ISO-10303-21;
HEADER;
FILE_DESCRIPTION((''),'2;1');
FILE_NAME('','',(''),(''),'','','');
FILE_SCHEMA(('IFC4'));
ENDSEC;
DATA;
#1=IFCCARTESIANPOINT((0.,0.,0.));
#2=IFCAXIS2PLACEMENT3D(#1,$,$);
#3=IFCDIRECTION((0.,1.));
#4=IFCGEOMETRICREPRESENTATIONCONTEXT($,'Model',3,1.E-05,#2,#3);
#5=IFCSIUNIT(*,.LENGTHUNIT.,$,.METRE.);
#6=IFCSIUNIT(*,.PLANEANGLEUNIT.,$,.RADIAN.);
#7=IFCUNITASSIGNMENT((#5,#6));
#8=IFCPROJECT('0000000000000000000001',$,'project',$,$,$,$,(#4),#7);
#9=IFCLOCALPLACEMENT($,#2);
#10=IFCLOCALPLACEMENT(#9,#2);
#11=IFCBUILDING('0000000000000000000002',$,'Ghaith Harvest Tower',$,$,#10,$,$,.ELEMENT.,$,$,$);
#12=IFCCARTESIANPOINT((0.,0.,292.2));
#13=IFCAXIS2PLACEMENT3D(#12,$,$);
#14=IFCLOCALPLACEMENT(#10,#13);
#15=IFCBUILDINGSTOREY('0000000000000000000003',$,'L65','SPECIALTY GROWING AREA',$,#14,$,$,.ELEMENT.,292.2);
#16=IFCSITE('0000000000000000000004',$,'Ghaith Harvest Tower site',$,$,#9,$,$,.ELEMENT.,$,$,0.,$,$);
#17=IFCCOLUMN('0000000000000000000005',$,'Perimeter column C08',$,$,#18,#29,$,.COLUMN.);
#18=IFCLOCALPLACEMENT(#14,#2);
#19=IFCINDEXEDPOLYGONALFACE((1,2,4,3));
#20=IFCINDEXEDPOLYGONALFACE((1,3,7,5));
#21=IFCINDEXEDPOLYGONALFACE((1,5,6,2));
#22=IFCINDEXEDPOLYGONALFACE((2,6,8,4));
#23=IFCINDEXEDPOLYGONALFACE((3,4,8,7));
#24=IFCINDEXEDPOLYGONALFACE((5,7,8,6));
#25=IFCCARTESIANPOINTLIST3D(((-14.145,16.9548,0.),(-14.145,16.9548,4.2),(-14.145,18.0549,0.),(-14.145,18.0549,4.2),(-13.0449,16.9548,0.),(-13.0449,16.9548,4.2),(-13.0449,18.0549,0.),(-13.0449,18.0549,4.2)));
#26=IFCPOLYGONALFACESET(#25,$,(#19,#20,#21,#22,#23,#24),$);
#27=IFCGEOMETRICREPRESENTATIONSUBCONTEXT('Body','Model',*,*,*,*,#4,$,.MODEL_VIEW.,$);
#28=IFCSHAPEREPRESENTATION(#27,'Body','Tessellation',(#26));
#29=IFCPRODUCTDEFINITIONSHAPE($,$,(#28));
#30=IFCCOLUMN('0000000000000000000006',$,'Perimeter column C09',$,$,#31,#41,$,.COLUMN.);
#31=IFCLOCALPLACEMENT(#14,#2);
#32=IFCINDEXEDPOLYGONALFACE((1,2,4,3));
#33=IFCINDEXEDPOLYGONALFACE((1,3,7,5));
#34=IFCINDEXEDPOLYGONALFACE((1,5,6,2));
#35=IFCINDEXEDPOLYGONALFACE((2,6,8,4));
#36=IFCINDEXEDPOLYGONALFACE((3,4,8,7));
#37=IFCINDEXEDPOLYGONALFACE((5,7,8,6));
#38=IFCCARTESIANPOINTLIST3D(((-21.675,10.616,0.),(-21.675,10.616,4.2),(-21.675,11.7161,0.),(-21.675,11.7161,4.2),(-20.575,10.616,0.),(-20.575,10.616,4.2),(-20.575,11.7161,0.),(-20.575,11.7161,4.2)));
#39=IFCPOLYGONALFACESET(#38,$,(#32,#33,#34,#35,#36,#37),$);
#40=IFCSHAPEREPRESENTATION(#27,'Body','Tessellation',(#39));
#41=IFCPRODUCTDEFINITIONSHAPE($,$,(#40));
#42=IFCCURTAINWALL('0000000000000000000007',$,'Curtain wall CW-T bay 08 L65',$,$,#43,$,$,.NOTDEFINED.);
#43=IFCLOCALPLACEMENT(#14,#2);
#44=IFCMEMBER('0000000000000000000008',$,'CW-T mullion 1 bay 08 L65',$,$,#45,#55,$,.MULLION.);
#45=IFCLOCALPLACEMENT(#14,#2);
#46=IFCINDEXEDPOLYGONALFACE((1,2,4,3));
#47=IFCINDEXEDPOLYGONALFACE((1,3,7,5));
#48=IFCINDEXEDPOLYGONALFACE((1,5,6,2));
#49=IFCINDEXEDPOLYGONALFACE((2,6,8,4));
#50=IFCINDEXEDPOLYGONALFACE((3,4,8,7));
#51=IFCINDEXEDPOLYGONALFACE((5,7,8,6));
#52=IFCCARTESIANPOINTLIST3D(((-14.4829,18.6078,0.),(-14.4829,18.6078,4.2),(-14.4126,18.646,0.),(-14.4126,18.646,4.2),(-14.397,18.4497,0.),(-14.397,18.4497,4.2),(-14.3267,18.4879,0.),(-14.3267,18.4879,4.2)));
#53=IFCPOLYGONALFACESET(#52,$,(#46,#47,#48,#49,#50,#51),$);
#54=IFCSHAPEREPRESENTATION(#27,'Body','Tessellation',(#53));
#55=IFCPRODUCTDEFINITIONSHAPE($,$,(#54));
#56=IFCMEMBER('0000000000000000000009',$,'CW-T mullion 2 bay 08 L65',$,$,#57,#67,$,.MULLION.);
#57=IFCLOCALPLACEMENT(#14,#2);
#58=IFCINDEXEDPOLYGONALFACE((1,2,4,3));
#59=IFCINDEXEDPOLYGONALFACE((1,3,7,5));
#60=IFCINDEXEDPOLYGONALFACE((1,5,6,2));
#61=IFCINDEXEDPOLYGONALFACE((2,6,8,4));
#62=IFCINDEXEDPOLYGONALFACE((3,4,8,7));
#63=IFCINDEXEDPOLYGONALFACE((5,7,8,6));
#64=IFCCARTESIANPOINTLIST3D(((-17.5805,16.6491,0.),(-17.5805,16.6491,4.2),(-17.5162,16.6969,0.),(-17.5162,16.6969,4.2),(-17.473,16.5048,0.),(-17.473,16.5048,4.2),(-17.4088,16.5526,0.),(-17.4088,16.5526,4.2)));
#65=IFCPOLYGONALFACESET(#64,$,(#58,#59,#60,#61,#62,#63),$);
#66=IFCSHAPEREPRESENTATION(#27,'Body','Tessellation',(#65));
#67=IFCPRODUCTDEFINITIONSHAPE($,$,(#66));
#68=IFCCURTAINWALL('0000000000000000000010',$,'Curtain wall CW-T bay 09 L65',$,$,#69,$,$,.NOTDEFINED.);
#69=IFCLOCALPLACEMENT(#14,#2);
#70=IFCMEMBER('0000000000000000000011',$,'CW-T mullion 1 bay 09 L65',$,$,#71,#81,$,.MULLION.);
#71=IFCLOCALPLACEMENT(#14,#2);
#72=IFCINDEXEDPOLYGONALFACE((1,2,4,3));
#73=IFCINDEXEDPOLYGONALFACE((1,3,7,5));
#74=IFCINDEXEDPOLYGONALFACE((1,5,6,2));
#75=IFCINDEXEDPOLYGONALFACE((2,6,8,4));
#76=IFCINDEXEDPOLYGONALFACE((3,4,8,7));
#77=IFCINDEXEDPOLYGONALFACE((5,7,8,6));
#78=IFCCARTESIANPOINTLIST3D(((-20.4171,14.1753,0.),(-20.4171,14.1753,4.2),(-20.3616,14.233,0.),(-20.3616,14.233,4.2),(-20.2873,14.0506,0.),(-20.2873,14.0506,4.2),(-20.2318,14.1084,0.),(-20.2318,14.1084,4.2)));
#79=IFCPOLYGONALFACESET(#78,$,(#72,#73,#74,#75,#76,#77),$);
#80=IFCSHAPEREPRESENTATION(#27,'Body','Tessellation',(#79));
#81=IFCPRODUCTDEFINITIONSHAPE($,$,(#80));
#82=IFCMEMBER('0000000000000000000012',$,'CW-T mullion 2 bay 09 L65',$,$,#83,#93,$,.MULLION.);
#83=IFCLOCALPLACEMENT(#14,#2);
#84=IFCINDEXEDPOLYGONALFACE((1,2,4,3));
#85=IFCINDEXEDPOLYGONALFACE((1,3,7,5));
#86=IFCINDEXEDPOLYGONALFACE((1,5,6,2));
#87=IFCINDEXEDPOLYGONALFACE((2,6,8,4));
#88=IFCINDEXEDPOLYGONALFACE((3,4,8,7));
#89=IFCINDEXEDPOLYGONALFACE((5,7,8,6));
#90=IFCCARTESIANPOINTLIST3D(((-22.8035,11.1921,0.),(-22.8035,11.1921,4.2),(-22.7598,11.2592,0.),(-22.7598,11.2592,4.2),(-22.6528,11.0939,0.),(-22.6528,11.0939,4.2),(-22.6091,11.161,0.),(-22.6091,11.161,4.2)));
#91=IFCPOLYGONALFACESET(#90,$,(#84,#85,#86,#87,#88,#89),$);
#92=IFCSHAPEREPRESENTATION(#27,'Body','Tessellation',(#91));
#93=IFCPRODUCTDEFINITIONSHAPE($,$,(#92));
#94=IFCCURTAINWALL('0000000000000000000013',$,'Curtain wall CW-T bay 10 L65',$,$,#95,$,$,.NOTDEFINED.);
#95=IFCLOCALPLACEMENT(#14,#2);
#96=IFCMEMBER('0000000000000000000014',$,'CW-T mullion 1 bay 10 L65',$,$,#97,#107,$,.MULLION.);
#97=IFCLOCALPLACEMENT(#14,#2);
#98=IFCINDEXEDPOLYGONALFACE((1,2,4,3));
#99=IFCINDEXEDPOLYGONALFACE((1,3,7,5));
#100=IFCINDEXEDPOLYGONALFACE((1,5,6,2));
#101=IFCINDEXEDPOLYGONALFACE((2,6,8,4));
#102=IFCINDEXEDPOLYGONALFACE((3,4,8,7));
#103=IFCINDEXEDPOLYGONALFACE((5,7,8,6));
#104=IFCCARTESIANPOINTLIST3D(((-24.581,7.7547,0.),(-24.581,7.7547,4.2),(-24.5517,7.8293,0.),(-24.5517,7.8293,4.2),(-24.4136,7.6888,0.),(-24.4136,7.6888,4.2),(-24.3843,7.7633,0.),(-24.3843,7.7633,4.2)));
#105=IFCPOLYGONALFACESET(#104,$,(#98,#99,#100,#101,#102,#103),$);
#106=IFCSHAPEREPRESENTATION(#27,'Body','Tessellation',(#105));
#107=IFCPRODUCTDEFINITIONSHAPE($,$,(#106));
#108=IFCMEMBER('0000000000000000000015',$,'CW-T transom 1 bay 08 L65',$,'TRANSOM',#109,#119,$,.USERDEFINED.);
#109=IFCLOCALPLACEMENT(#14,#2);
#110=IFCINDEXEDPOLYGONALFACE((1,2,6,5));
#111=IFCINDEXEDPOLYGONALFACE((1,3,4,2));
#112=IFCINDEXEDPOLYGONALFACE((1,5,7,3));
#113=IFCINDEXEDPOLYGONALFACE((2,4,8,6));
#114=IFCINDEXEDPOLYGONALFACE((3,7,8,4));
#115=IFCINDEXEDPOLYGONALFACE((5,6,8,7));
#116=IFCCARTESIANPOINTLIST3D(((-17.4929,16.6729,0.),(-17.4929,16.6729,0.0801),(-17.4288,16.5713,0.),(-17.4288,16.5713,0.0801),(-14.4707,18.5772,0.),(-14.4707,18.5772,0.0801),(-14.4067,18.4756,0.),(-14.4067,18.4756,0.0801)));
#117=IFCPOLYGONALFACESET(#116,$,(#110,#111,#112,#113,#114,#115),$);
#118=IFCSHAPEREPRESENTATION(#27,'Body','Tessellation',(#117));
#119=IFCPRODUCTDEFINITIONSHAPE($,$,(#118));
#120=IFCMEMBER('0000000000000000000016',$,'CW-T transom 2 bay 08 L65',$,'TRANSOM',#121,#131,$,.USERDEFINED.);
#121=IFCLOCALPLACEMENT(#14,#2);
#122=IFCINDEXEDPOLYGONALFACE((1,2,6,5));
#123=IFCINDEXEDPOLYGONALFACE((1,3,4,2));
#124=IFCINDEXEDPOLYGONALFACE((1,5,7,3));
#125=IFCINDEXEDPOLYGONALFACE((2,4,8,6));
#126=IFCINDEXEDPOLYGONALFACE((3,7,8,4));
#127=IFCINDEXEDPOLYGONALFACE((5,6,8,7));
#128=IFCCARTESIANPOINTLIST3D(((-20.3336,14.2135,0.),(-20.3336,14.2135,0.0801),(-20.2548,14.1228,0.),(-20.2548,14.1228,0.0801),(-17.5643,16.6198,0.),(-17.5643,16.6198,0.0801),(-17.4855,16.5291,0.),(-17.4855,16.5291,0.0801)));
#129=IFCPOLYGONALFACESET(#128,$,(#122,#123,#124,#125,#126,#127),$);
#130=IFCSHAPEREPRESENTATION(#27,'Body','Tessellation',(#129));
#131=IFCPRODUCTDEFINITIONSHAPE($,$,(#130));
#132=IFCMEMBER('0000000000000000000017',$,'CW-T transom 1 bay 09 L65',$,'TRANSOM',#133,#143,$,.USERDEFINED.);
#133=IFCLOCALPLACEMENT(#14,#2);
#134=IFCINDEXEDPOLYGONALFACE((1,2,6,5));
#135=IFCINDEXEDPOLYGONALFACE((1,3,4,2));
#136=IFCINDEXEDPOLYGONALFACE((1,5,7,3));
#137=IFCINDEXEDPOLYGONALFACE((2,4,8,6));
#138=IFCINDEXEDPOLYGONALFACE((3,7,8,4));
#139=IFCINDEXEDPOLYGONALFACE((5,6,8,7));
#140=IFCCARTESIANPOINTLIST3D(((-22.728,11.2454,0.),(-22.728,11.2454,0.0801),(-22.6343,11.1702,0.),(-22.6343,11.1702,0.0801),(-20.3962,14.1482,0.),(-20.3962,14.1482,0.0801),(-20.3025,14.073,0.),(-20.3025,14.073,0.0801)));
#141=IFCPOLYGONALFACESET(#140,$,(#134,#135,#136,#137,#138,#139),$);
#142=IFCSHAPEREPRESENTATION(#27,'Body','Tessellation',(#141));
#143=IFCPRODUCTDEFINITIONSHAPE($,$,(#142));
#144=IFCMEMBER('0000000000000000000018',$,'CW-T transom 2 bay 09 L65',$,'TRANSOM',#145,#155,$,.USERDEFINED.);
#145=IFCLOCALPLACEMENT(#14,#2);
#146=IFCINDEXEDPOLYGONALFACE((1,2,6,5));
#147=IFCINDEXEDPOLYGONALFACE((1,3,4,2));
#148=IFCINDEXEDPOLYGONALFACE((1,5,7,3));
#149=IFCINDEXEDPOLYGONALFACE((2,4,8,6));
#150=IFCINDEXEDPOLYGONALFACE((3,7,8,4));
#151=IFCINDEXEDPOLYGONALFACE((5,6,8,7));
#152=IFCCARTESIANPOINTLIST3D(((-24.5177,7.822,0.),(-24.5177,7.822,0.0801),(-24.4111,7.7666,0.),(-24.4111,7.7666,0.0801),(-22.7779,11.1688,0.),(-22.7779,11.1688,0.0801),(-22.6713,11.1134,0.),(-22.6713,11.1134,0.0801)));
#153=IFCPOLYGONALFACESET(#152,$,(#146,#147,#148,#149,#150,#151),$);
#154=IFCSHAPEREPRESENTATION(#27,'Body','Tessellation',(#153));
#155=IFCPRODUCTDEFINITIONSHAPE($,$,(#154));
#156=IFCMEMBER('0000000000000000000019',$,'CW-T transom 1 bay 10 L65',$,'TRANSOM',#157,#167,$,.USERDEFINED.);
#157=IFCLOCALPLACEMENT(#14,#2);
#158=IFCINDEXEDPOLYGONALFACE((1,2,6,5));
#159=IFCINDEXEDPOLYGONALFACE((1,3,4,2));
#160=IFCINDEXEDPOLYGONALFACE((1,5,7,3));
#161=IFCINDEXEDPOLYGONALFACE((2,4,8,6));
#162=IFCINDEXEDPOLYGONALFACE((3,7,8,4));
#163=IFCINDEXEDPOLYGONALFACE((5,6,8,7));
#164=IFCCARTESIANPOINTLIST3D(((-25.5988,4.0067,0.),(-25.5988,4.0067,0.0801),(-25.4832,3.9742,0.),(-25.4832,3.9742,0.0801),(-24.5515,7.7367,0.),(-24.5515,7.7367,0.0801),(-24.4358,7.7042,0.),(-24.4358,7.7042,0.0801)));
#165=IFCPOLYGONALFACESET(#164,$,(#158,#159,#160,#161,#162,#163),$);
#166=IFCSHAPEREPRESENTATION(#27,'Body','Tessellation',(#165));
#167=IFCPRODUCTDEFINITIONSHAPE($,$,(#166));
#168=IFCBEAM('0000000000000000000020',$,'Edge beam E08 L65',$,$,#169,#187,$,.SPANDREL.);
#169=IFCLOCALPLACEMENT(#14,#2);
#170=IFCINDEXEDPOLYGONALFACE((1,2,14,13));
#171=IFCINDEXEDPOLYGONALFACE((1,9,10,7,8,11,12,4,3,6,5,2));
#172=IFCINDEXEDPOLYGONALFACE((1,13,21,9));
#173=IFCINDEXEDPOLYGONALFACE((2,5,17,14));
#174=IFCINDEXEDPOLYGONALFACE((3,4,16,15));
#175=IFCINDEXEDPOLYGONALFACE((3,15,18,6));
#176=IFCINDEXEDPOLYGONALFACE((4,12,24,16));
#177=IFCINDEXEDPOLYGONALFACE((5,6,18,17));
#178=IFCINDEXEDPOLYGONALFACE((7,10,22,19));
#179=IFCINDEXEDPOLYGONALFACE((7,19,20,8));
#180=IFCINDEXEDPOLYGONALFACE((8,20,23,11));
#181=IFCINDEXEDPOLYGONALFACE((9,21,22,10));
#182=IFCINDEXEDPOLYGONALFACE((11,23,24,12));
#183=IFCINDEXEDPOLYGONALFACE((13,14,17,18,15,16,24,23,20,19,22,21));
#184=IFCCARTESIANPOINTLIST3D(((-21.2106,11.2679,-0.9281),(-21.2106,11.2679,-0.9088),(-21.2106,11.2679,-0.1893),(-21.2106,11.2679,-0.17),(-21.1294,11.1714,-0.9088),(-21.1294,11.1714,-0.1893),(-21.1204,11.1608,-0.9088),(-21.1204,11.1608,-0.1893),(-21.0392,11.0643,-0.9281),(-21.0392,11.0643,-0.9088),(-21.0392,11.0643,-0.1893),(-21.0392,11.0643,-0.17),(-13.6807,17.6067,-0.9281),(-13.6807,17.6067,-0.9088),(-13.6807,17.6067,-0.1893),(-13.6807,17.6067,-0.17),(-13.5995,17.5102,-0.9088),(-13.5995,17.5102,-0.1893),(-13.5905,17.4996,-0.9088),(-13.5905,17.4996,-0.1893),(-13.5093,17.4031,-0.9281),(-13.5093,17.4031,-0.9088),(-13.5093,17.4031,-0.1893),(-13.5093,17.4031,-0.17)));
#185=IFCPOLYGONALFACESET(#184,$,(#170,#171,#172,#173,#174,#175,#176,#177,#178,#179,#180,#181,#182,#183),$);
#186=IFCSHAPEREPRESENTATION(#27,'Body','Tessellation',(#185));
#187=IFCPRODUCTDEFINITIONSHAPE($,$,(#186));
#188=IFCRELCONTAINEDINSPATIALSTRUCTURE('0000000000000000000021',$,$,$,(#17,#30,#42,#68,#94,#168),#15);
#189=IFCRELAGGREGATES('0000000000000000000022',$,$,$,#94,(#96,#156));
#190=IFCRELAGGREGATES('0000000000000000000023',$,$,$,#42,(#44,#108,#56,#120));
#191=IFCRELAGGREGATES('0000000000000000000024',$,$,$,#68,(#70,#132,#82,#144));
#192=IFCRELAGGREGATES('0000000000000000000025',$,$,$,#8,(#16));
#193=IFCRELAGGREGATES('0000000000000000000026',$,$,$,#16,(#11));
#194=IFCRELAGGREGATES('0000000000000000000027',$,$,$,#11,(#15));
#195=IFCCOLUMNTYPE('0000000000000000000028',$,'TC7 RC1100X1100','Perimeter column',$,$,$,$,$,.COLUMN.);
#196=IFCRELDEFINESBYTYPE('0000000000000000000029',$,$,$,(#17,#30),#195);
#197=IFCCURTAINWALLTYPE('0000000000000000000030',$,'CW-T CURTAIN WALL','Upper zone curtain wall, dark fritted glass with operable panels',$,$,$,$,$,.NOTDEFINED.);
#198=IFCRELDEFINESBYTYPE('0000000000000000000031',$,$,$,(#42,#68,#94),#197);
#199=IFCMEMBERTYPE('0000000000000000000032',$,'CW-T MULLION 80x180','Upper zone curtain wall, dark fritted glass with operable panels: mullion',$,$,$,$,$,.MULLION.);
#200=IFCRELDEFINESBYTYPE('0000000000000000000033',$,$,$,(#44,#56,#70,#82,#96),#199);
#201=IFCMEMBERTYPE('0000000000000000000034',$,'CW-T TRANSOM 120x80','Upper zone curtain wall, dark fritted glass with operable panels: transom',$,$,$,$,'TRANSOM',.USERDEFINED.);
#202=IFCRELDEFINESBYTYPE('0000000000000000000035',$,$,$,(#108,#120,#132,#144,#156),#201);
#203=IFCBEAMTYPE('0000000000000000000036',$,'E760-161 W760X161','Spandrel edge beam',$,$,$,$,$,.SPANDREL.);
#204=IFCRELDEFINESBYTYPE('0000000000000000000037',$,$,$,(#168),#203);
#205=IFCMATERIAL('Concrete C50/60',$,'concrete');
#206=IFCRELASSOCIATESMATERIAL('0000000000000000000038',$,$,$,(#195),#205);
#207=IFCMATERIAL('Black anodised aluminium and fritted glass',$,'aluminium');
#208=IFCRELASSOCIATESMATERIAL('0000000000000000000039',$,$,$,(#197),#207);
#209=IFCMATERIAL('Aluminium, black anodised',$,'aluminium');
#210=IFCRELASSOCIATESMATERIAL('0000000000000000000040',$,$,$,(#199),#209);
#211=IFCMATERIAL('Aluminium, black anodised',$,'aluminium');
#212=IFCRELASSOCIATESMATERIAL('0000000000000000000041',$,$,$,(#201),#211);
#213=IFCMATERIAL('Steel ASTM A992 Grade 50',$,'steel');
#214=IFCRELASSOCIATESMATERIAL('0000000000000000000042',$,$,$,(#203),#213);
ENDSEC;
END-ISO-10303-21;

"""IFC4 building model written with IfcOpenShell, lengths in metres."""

from ifc_helpers import new_model, si_unit, direction, frame, origin, origin_2d, place, context, subcontext, project, spatial, rectangle, i_section, extrude, material, material_profile, profile_set, type_object, element, aggregate, save


model = new_model("IFC4")

# Units and contexts
model_context = context("Model", 3, precision=1e-05, world=origin(), true_north=direction((0.0, 1.0)))
body_context = subcontext(model_context, "Body", "Model", "MODEL_VIEW")
ifc_project = project(units=[si_unit("LENGTHUNIT", "METRE"), si_unit("PLANEANGLEUNIT", "RADIAN")], contexts=[model_context])

# Site, building, storey
site_placement = place(None, origin())
site = spatial("IfcSite", under=ifc_project, at=site_placement, Name="Ghaith Harvest Tower site", CompositionType="ELEMENT", RefElevation=0.0)
building_placement = place(site_placement, origin())
building = spatial("IfcBuilding", under=site, at=building_placement, Name="Ghaith Harvest Tower", CompositionType="ELEMENT")
storey_placement = place(building_placement, frame((0.0, 0.0, 292.2)))
storey = spatial("IfcBuildingStorey", under=building, at=storey_placement, Name="L65", Description="SPECIALTY GROWING AREA", CompositionType="ELEMENT", Elevation=292.2)

# Columns
ifc_material_1 = material(Name="Concrete C50/60", Category="concrete")
ifc_material_profile_1 = material_profile(ifc_material_1, rectangle(XDim=1.1001, YDim=1.1001, at=origin_2d()), Name="RC1100X1100")
ifc_profile_set_1 = profile_set([ifc_material_profile_1], Name="Concrete C50/60")
column_type = type_object("IfcColumnType", Name="TC7 RC1100X1100", Description="Perimeter column", PredefinedType="COLUMN", material=ifc_profile_set_1)
for number, where, z_axis, x_axis, name in (
    (1, (-13.595, 17.5049, 0.0), (0.0, 0.0, 1.0), (1.0, 0.0, 0.0), "Perimeter column C08"),
    (2, (-21.125, 11.166, 0.0), (0.0, 0.0, 1.0), (1.0, 0.0, 0.0), "Perimeter column C09"),
):
    element("IfcColumn", number, at=place(storey_placement, frame(where, z_axis=z_axis, x_axis=x_axis)), inside=storey, type_object=column_type, Name=name, PredefinedType="COLUMN", context=body_context, shape_type="SweptSolid", body=[
        extrude(rectangle(XDim=1.1001, YDim=1.1001, at=origin_2d()), origin(), (0.0, 0.0, 1.0), 4.2),
    ])

# Curtain walls, members
ifc_material_2 = material(Name="Black anodised aluminium and fritted glass", Category="aluminium")
curtain_wall_type = type_object("IfcCurtainWallType", Name="CW-T CURTAIN WALL", Description="Upper zone curtain wall, dark fritted glass with operable panels", PredefinedType="NOTDEFINED", material=ifc_material_2)
curtain_wall_1_placement = place(storey_placement, origin())
curtain_wall_1 = element("IfcCurtainWall", 3, at=curtain_wall_1_placement, inside=storey, type_object=curtain_wall_type, Name="Curtain wall CW-T bay 08 L65", PredefinedType="NOTDEFINED")
ifc_material_3 = material(Name="Aluminium, black anodised", Category="aluminium")
ifc_material_profile_2 = material_profile(ifc_material_3, rectangle(XDim=0.0801, YDim=0.1799, at=origin_2d()), Name="CW-T MULLION 80x180")
ifc_profile_set_2 = profile_set([ifc_material_profile_2], Name="Aluminium, black anodised")
member_type_1 = type_object("IfcMemberType", Name="CW-T MULLION 80x180", Description="Upper zone curtain wall, dark fritted glass with operable panels: mullion", PredefinedType="MULLION", material=ifc_profile_set_2)
member_1_placement = place(storey_placement, frame((-14.4048, 18.5479, 0.0), z_axis=(0.0, 0.0, 1.0), x_axis=(-0.878672, -0.477426, 0.0)))
member_1 = element("IfcMember", 4, at=member_1_placement, type_object=member_type_1, Name="CW-T mullion 1 bay 08 L65", PredefinedType="MULLION", context=body_context, shape_type="SweptSolid", body=[
    extrude(rectangle(XDim=0.0801, YDim=0.1799, at=origin_2d()), origin(), (0.0, 0.0, 1.0), 4.2),
])
member_2_placement = place(storey_placement, frame((-17.4946, 16.6008, 0.0), z_axis=(0.0, 0.0, 1.0), x_axis=(-0.80219, -0.597069, 0.0)))
member_2 = element("IfcMember", 5, at=member_2_placement, type_object=member_type_1, Name="CW-T mullion 2 bay 08 L65", PredefinedType="MULLION", context=body_context, shape_type="SweptSolid", body=[
    extrude(rectangle(XDim=0.0801, YDim=0.1799, at=origin_2d()), origin(), (0.0, 0.0, 1.0), 4.2),
])
curtain_wall_2_placement = place(storey_placement, origin())
curtain_wall_2 = element("IfcCurtainWall", 6, at=curtain_wall_2_placement, inside=storey, type_object=curtain_wall_type, Name="Curtain wall CW-T bay 09 L65", PredefinedType="NOTDEFINED")
member_3_placement = place(storey_placement, frame((-20.3245, 14.1418, 0.0), z_axis=(0.0, 0.0, 1.0), x_axis=(-0.692826, -0.721104, 0.0)))
member_3 = element("IfcMember", 7, at=member_3_placement, type_object=member_type_1, Name="CW-T mullion 1 bay 09 L65", PredefinedType="MULLION", context=body_context, shape_type="SweptSolid", body=[
    extrude(rectangle(XDim=0.0801, YDim=0.1799, at=origin_2d()), origin(), (0.0, 0.0, 1.0), 4.2),
])
member_4_placement = place(storey_placement, frame((-22.7063, 11.1765, 0.0), z_axis=(0.0, 0.0, 1.0), x_axis=(-0.545865, -0.837873, 0.0)))
member_4 = element("IfcMember", 8, at=member_4_placement, type_object=member_type_1, Name="CW-T mullion 2 bay 09 L65", PredefinedType="MULLION", context=body_context, shape_type="SweptSolid", body=[
    extrude(rectangle(XDim=0.0801, YDim=0.1799, at=origin_2d()), origin(), (0.0, 0.0, 1.0), 4.2),
])

# Curtain wall, member
curtain_wall_3_placement = place(storey_placement, origin())
curtain_wall_3 = element("IfcCurtainWall", 9, at=curtain_wall_3_placement, inside=storey, type_object=curtain_wall_type, Name="Curtain wall CW-T bay 10 L65", PredefinedType="NOTDEFINED")
member_5_placement = place(storey_placement, frame((-24.4827, 7.759, 0.0), z_axis=(0.0, 0.0, 1.0), x_axis=(-0.366473, -0.930429, 0.0)))
member_5 = element("IfcMember", 10, at=member_5_placement, type_object=member_type_1, Name="CW-T mullion 1 bay 10 L65", PredefinedType="MULLION", context=body_context, shape_type="SweptSolid", body=[
    extrude(rectangle(XDim=0.0801, YDim=0.1799, at=origin_2d()), origin(), (0.0, 0.0, 1.0), 4.2),
])

# Members
ifc_material_4 = material(Name="Aluminium, black anodised", Category="aluminium")
ifc_material_profile_3 = material_profile(ifc_material_4, rectangle(XDim=0.1201, YDim=0.0801, at=origin_2d()), Name="CW-T TRANSOM 120x80")
ifc_profile_set_3 = profile_set([ifc_material_profile_3], Name="Aluminium, black anodised")
member_type_2 = type_object("IfcMemberType", Name="CW-T TRANSOM 120x80", Description="Upper zone curtain wall, dark fritted glass with operable panels: transom", ElementType="TRANSOM", PredefinedType="USERDEFINED", material=ifc_profile_set_3)
member_6_placement = place(storey_placement, frame((-14.4387, 18.5264, 0.04), z_axis=(-0.846054, -0.533098, 0.0), x_axis=(0.533098, -0.846054, 0.0)))
member_6 = element("IfcMember", 11, at=member_6_placement, type_object=member_type_2, Name="CW-T transom 1 bay 08 L65", ObjectType="TRANSOM", PredefinedType="USERDEFINED", context=body_context, shape_type="SweptSolid", body=[
    extrude(rectangle(XDim=0.1201, YDim=0.0801, at=origin_2d()), origin(), (0.0, 0.0, 1.0), 3.572),
])
member_7_placement = place(storey_placement, frame((-17.5249, 16.5745, 0.04), z_axis=(-0.754852, -0.655895, 0.0), x_axis=(0.655895, -0.754852, 0.0)))
member_7 = element("IfcMember", 12, at=member_7_placement, type_object=member_type_2, Name="CW-T transom 2 bay 08 L65", ObjectType="TRANSOM", PredefinedType="USERDEFINED", context=body_context, shape_type="SweptSolid", body=[
    extrude(rectangle(XDim=0.1201, YDim=0.0801, at=origin_2d()), origin(), (0.0, 0.0, 1.0), 3.6687),
])
member_8_placement = place(storey_placement, frame((-20.3494, 14.1106, 0.04), z_axis=(-0.626253, -0.77962, 0.0), x_axis=(0.77962, -0.626253, 0.0)))
member_8 = element("IfcMember", 13, at=member_8_placement, type_object=member_type_2, Name="CW-T transom 1 bay 09 L65", ObjectType="TRANSOM", PredefinedType="USERDEFINED", context=body_context, shape_type="SweptSolid", body=[
    extrude(rectangle(XDim=0.1201, YDim=0.0801, at=origin_2d()), origin(), (0.0, 0.0, 1.0), 3.7234),
])
member_9_placement = place(storey_placement, frame((-22.7246, 11.1411, 0.04), z_axis=(-0.461243, -0.887274, 0.0), x_axis=(0.887274, -0.461243, 0.0)))
member_9 = element("IfcMember", 14, at=member_9_placement, type_object=member_type_2, Name="CW-T transom 2 bay 09 L65", ObjectType="TRANSOM", PredefinedType="USERDEFINED", context=body_context, shape_type="SweptSolid", body=[
    extrude(rectangle(XDim=0.1201, YDim=0.0801, at=origin_2d()), origin(), (0.0, 0.0, 1.0), 3.772),
])
member_10_placement = place(storey_placement, frame((-24.4937, 7.7205, 0.04), z_axis=(-0.27034, -0.962765, 0.0), x_axis=(0.962765, -0.27034, 0.0)))
member_10 = element("IfcMember", 15, at=member_10_placement, type_object=member_type_2, Name="CW-T transom 1 bay 10 L65", ObjectType="TRANSOM", PredefinedType="USERDEFINED", context=body_context, shape_type="SweptSolid", body=[
    extrude(rectangle(XDim=0.1201, YDim=0.0801, at=origin_2d()), origin(), (0.0, 0.0, 1.0), 3.8743),
])
aggregate(curtain_wall_3, [member_5, member_10])

# Beam
ifc_material_5 = material(Name="Steel ASTM A992 Grade 50", Category="steel")
ifc_material_profile_4 = material_profile(ifc_material_5, i_section(OverallWidth=0.2661, OverallDepth=0.7581, WebThickness=0.0139, FlangeThickness=0.0193, at=origin_2d()), Name="W760X161")
ifc_profile_set_4 = profile_set([ifc_material_profile_4], Name="Steel ASTM A992 Grade 50")
beam_type = type_object("IfcBeamType", Name="E760-161 W760X161", Description="Spandrel edge beam", PredefinedType="SPANDREL", material=ifc_profile_set_4)
beam_1_placement = place(storey_placement, frame((-13.595, 17.5049, -0.5491), z_axis=(-0.765022, -0.644004, 0.0), x_axis=(0.644004, -0.765022, 0.0)))
element("IfcBeam", 16, at=beam_1_placement, inside=storey, type_object=beam_type, Name="Edge beam E08 L65", PredefinedType="SPANDREL", context=body_context, shape_type="SweptSolid", body=[
    extrude(i_section(OverallWidth=0.2661, OverallDepth=0.7581, WebThickness=0.0139, FlangeThickness=0.0193, at=origin_2d()), origin(), (0.0, 0.0, 1.0), 9.8428),
])

aggregate(curtain_wall_1, [member_1, member_6, member_2, member_7])
aggregate(curtain_wall_2, [member_3, member_8, member_4, member_9])

save(model, "model.ifc")
